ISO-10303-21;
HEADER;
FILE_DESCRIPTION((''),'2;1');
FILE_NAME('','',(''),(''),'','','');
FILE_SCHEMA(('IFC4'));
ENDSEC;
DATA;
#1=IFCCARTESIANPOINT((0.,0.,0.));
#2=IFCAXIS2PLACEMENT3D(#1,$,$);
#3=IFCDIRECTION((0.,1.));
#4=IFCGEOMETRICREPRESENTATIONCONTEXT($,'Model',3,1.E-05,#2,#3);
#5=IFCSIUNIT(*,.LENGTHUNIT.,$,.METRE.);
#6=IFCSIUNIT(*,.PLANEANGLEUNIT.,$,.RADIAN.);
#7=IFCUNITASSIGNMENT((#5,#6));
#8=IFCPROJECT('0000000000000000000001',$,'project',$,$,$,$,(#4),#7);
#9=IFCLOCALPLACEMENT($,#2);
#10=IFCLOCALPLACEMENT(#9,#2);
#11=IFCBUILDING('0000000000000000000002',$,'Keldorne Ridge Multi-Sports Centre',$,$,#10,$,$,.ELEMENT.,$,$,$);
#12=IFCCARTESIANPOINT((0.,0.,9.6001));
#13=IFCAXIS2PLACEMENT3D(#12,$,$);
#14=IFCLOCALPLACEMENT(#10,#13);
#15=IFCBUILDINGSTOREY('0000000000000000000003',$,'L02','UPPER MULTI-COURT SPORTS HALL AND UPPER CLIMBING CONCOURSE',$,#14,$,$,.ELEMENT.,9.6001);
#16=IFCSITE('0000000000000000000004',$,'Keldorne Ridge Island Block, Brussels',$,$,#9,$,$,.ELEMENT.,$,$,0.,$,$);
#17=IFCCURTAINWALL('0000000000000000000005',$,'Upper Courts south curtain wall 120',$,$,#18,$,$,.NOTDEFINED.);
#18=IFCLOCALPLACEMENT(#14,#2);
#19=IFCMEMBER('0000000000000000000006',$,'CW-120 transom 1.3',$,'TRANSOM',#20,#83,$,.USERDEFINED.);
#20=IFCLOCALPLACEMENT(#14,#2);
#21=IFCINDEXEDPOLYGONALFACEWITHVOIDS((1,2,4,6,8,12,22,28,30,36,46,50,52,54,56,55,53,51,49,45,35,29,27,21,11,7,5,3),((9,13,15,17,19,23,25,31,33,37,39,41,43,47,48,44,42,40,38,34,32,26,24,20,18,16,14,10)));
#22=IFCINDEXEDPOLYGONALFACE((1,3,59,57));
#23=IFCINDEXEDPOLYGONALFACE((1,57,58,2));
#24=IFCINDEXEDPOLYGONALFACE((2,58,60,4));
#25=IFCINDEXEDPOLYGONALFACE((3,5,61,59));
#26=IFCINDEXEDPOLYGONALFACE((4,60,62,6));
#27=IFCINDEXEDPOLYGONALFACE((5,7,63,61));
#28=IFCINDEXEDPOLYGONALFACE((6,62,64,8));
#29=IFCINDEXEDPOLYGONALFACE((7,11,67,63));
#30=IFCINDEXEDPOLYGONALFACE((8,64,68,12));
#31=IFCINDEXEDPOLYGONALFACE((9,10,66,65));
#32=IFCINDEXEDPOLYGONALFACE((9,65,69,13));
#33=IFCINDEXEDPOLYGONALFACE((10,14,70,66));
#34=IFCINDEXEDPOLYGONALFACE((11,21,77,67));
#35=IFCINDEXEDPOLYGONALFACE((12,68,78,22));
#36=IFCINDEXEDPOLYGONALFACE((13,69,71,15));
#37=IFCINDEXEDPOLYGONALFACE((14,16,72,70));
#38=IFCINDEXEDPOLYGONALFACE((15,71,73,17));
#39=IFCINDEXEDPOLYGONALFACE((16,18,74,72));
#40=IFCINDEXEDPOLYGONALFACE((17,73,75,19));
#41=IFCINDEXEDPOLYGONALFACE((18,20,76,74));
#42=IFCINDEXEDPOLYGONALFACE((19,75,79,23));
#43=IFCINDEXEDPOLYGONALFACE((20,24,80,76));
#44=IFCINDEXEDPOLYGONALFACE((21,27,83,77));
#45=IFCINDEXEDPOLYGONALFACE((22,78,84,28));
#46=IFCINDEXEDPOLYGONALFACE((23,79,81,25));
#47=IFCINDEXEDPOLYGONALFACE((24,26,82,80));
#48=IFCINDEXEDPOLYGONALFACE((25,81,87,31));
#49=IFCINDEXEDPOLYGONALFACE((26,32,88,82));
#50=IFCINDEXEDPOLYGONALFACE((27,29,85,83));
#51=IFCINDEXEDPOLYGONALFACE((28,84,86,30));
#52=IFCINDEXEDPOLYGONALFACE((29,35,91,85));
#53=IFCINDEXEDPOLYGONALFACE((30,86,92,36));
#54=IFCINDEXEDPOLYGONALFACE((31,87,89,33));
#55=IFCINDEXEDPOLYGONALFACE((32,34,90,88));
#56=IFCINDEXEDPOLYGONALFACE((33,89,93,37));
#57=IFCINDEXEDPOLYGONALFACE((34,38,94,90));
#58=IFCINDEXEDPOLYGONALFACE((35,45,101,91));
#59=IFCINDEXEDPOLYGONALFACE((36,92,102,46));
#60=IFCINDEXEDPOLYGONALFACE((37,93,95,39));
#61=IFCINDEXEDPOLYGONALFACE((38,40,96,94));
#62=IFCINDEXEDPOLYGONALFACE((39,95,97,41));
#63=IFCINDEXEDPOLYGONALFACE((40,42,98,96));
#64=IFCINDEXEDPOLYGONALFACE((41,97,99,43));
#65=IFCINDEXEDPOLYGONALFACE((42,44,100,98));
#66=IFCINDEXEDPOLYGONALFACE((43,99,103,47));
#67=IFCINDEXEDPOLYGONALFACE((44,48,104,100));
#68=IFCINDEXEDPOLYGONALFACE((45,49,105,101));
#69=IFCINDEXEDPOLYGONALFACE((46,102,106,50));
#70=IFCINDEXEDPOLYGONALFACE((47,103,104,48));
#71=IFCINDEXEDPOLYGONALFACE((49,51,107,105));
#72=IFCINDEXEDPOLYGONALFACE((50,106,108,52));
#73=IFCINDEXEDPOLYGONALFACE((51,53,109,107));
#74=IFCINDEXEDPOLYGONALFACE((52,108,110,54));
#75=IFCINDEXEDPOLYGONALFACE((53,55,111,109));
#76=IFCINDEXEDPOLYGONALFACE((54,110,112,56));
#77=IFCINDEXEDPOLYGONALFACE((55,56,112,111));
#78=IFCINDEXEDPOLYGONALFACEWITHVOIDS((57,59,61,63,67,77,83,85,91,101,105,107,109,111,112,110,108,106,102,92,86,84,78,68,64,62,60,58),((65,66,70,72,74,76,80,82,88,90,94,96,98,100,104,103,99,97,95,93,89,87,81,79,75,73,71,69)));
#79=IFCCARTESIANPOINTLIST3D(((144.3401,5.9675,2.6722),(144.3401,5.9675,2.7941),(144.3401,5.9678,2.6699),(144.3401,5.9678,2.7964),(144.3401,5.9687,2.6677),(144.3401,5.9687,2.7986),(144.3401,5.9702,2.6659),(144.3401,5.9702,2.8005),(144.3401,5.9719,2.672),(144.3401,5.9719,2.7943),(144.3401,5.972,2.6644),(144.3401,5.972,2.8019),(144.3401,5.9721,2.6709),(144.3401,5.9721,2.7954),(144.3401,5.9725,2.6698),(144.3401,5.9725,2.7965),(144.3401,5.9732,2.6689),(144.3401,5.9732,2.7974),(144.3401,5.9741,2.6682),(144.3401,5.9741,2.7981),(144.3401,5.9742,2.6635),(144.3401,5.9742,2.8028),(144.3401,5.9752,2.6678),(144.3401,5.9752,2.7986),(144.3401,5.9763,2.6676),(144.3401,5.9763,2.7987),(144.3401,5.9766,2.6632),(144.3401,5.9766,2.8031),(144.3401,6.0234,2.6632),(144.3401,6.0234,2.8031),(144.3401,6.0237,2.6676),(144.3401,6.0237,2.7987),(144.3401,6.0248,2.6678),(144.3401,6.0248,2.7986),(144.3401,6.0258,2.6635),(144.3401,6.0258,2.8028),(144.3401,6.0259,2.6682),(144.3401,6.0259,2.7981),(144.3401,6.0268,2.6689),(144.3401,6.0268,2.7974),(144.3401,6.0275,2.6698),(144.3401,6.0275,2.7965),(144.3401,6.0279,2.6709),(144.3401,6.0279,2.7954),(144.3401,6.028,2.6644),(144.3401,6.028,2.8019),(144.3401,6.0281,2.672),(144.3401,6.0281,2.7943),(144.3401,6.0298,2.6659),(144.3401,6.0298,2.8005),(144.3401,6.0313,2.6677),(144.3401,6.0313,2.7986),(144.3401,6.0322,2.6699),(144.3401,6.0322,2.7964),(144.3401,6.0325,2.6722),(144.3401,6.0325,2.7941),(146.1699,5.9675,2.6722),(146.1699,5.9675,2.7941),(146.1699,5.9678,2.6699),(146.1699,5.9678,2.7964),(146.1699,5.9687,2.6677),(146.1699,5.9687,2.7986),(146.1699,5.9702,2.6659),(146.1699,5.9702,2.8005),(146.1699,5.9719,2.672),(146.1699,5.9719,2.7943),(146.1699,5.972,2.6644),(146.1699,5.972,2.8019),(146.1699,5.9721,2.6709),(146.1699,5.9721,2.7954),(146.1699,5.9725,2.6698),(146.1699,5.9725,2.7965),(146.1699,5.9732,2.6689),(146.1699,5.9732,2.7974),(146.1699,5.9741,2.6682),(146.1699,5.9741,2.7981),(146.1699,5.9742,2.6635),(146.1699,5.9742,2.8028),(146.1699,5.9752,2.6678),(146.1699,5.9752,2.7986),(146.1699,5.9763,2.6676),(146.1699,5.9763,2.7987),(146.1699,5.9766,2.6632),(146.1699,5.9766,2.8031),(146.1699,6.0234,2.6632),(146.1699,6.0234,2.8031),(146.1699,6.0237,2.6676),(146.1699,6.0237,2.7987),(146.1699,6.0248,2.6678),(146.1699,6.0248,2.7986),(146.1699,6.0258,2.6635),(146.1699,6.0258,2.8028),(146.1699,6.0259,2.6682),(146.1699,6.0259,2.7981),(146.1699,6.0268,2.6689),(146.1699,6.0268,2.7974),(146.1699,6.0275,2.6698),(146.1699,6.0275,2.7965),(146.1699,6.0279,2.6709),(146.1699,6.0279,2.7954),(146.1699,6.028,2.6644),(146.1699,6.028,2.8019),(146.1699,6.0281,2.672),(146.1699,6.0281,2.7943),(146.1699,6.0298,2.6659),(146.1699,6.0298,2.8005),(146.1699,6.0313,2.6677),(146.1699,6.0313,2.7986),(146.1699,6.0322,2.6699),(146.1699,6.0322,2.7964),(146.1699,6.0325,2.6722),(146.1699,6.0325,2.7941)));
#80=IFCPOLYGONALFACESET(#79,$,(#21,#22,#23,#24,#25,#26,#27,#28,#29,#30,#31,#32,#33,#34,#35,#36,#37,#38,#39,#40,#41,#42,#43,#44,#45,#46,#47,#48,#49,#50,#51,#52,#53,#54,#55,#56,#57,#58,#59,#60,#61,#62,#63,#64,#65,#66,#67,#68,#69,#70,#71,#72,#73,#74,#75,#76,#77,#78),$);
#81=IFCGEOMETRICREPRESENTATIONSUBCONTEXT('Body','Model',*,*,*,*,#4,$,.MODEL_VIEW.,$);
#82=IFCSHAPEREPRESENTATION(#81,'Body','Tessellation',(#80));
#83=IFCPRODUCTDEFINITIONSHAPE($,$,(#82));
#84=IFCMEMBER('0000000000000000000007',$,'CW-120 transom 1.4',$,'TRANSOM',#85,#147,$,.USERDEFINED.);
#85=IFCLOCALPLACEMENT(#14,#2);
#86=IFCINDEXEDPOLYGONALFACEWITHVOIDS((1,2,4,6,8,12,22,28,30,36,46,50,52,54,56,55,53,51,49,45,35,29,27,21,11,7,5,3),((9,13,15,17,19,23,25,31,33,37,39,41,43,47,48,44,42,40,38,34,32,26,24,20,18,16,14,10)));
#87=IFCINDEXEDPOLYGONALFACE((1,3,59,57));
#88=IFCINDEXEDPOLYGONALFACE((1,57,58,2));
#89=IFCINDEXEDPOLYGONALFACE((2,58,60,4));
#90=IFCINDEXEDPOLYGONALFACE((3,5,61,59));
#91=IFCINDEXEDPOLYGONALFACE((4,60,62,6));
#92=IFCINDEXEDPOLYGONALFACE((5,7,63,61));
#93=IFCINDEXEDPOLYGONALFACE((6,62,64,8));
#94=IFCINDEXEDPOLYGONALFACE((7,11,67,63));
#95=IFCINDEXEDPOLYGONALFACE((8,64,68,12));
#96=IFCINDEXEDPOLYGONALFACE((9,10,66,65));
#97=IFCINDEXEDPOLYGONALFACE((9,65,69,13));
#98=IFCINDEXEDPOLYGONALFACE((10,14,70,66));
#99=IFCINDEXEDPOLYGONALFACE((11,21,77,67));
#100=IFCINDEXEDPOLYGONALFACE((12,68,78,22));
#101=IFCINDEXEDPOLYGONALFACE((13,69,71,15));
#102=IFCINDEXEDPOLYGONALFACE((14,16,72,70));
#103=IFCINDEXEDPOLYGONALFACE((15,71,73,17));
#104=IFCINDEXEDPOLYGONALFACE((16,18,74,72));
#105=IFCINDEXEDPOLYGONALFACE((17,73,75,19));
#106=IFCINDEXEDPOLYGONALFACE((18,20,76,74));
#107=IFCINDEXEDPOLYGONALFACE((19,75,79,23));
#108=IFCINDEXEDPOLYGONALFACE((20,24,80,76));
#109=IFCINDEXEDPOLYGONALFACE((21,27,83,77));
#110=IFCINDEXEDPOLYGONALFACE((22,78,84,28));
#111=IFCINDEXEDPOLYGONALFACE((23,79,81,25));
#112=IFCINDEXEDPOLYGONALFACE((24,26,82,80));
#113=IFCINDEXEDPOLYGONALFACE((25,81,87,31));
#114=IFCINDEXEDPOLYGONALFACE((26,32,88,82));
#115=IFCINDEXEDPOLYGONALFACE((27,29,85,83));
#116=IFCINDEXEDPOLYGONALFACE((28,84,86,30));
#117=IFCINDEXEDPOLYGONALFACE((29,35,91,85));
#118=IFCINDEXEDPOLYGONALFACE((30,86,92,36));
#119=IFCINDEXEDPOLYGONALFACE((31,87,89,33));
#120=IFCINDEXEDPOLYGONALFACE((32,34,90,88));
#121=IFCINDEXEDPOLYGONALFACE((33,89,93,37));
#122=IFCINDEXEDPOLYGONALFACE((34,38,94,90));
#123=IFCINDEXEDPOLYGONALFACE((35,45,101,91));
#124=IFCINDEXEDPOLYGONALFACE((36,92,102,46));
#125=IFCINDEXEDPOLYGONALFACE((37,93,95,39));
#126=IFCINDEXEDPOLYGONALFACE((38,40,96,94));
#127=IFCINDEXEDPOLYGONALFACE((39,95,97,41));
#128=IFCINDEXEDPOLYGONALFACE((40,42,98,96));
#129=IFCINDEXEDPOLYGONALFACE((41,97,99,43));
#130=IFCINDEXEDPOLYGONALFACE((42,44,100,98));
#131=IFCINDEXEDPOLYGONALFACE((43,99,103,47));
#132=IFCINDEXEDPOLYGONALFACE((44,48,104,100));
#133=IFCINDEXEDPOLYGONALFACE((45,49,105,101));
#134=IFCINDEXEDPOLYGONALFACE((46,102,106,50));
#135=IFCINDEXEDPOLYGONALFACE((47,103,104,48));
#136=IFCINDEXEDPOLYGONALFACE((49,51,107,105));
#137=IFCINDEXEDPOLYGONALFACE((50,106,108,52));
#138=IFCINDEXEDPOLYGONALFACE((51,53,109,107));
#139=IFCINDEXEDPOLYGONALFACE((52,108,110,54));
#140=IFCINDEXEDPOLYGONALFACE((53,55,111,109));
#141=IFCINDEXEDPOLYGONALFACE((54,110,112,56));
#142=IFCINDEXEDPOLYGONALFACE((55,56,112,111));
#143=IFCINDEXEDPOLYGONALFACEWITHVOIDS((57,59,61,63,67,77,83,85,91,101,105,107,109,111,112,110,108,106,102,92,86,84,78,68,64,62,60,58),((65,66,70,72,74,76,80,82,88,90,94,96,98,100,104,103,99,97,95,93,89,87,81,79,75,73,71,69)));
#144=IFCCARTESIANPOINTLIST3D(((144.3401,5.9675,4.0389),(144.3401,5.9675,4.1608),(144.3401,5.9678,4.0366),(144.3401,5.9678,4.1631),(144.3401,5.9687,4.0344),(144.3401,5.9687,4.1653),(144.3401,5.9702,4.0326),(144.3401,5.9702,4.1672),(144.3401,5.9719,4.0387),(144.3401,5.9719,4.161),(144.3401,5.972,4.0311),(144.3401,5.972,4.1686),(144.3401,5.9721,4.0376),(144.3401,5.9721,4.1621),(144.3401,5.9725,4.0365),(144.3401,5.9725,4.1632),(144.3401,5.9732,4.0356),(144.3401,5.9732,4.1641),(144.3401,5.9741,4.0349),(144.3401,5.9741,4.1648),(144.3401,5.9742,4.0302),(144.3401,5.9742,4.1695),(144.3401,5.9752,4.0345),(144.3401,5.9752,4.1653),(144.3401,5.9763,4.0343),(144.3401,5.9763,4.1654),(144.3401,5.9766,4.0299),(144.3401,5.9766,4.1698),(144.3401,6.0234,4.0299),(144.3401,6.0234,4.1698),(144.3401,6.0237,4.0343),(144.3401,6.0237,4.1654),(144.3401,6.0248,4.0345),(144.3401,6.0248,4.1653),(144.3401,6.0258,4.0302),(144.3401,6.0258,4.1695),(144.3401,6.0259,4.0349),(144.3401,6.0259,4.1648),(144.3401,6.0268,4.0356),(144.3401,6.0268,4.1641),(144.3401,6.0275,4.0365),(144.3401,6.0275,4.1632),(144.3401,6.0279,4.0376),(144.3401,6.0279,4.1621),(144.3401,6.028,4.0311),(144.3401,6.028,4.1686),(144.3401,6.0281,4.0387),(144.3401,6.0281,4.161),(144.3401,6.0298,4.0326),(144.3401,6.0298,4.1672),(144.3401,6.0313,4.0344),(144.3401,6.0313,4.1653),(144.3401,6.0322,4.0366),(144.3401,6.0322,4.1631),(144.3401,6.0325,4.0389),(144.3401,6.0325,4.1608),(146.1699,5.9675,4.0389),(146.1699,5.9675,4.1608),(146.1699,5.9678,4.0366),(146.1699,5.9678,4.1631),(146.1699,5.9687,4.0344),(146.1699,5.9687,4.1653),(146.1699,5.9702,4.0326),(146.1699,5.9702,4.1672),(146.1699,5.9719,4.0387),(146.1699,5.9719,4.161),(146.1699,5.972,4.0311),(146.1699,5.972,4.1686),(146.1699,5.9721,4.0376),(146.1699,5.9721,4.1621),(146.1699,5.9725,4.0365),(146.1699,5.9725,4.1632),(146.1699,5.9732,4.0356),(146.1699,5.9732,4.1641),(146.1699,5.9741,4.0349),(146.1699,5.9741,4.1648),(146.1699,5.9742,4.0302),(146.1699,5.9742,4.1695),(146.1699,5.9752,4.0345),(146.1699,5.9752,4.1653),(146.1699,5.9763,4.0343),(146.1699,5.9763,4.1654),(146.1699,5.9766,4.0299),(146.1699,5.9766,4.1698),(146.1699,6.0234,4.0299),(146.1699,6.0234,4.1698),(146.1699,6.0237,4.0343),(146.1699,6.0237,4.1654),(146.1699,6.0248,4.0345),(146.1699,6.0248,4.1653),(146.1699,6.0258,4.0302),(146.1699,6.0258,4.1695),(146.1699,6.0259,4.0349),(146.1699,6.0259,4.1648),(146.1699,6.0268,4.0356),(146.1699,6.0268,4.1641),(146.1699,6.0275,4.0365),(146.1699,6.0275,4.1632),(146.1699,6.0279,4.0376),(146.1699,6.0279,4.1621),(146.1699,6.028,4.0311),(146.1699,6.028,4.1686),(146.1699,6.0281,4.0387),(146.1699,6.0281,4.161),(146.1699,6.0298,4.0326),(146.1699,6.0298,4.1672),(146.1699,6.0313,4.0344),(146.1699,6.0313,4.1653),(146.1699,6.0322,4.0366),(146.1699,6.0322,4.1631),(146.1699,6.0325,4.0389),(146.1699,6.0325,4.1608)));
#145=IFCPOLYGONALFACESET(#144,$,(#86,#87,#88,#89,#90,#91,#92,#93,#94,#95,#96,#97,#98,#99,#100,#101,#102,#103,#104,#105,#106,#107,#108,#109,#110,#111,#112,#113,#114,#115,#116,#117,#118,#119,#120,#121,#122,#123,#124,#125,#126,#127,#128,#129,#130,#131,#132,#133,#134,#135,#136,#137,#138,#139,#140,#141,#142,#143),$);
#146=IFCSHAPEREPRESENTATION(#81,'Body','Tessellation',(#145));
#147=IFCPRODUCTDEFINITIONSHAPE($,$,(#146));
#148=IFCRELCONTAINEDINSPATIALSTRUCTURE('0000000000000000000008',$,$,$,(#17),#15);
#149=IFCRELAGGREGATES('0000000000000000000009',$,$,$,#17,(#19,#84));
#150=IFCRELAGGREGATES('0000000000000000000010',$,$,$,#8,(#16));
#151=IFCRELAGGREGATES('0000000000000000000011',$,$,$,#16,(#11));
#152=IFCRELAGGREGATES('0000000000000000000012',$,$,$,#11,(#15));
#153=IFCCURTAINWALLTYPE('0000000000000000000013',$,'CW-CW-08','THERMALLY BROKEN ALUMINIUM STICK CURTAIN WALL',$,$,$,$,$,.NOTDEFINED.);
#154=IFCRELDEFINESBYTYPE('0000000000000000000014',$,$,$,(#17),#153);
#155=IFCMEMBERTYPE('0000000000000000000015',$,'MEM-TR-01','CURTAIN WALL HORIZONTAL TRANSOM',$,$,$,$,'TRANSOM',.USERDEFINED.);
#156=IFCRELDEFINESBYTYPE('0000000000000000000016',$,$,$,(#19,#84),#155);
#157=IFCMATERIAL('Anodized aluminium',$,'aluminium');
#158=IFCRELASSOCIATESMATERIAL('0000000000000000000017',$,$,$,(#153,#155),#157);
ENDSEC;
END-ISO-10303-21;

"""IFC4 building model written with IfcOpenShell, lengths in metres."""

from ifc_helpers import new_model, si_unit, direction, frame, origin, origin_2d, place, context, subcontext, project, spatial, hollow_rectangle, extrude, material, material_profile, profile_set, type_object, element, aggregate, save


model = new_model("IFC4")

# Units and contexts
model_context = context("Model", 3, precision=1e-05, world=origin(), true_north=direction((0.0, 1.0)))
body_context = subcontext(model_context, "Body", "Model", "MODEL_VIEW")
ifc_project = project(units=[si_unit("LENGTHUNIT", "METRE"), si_unit("PLANEANGLEUNIT", "RADIAN")], contexts=[model_context])

# Site, building, storey
site_placement = place(None, origin())
site = spatial("IfcSite", under=ifc_project, at=site_placement, Name="Keldorne Ridge Island Block, Brussels", CompositionType="ELEMENT", RefElevation=0.0)
building_placement = place(site_placement, origin())
building = spatial("IfcBuilding", under=site, at=building_placement, Name="Keldorne Ridge Multi-Sports Centre", CompositionType="ELEMENT")
storey_placement = place(building_placement, frame((0.0, 0.0, 9.6001)))
storey = spatial("IfcBuildingStorey", under=building, at=storey_placement, Name="L02", Description="UPPER MULTI-COURT SPORTS HALL AND UPPER CLIMBING CONCOURSE", CompositionType="ELEMENT", Elevation=9.6001)

# Shared definitions
ifc_material_1 = material(Name="Anodized aluminium", Category="aluminium")

# Curtain wall
curtain_wall_type_1 = type_object("IfcCurtainWallType", Name="CW-CW-08", Description="THERMALLY BROKEN ALUMINIUM STICK CURTAIN WALL", PredefinedType="NOTDEFINED", material=ifc_material_1)
curtain_wall_1_placement = place(storey_placement, origin())
curtain_wall_1 = element("IfcCurtainWall", 1, at=curtain_wall_1_placement, inside=storey, type_object=curtain_wall_type_1, Name="Upper Courts south curtain wall 120", PredefinedType="NOTDEFINED")

# Members
ifc_material_profile_1 = material_profile(ifc_material_1, hollow_rectangle(XDim=0.0649, YDim=0.1399, WallThickness=0.0044, InnerFilletRadius=0.0044, OuterFilletRadius=0.009, at=origin_2d()), Name="ALU TRANSOM 140x65x4.5")
ifc_profile_set_1 = profile_set([ifc_material_profile_1], Name="Anodized aluminium")
member_type_1 = type_object("IfcMemberType", Name="MEM-TR-01", Description="CURTAIN WALL HORIZONTAL TRANSOM", ElementType="TRANSOM", PredefinedType="USERDEFINED", material=ifc_profile_set_1)
member_1_placement = place(storey_placement, frame((144.3401, 6.0, 2.7332), z_axis=(1.0, 0.0, 0.0), x_axis=(0.0, 1.0, 0.0)))
member_1 = element("IfcMember", 2, at=member_1_placement, type_object=member_type_1, Name="CW-120 transom 1.3", ObjectType="TRANSOM", PredefinedType="USERDEFINED", context=body_context, shape_type="SweptSolid", body=[
    extrude(hollow_rectangle(XDim=0.0649, YDim=0.1399, WallThickness=0.0044, InnerFilletRadius=0.0044, OuterFilletRadius=0.009, at=origin_2d()), origin(), (0.0, 0.0, 1.0), 1.8298),
])
member_2_placement = place(storey_placement, frame((144.3401, 6.0, 4.0999), z_axis=(1.0, 0.0, 0.0), x_axis=(0.0, 1.0, 0.0)))
member_2 = element("IfcMember", 3, at=member_2_placement, type_object=member_type_1, Name="CW-120 transom 1.4", ObjectType="TRANSOM", PredefinedType="USERDEFINED", context=body_context, shape_type="SweptSolid", body=[
    extrude(hollow_rectangle(XDim=0.0649, YDim=0.1399, WallThickness=0.0044, InnerFilletRadius=0.0044, OuterFilletRadius=0.009, at=origin_2d()), origin(), (0.0, 0.0, 1.0), 1.8298),
])

aggregate(curtain_wall_1, [member_1, member_2])

save(model, "model.ifc")
